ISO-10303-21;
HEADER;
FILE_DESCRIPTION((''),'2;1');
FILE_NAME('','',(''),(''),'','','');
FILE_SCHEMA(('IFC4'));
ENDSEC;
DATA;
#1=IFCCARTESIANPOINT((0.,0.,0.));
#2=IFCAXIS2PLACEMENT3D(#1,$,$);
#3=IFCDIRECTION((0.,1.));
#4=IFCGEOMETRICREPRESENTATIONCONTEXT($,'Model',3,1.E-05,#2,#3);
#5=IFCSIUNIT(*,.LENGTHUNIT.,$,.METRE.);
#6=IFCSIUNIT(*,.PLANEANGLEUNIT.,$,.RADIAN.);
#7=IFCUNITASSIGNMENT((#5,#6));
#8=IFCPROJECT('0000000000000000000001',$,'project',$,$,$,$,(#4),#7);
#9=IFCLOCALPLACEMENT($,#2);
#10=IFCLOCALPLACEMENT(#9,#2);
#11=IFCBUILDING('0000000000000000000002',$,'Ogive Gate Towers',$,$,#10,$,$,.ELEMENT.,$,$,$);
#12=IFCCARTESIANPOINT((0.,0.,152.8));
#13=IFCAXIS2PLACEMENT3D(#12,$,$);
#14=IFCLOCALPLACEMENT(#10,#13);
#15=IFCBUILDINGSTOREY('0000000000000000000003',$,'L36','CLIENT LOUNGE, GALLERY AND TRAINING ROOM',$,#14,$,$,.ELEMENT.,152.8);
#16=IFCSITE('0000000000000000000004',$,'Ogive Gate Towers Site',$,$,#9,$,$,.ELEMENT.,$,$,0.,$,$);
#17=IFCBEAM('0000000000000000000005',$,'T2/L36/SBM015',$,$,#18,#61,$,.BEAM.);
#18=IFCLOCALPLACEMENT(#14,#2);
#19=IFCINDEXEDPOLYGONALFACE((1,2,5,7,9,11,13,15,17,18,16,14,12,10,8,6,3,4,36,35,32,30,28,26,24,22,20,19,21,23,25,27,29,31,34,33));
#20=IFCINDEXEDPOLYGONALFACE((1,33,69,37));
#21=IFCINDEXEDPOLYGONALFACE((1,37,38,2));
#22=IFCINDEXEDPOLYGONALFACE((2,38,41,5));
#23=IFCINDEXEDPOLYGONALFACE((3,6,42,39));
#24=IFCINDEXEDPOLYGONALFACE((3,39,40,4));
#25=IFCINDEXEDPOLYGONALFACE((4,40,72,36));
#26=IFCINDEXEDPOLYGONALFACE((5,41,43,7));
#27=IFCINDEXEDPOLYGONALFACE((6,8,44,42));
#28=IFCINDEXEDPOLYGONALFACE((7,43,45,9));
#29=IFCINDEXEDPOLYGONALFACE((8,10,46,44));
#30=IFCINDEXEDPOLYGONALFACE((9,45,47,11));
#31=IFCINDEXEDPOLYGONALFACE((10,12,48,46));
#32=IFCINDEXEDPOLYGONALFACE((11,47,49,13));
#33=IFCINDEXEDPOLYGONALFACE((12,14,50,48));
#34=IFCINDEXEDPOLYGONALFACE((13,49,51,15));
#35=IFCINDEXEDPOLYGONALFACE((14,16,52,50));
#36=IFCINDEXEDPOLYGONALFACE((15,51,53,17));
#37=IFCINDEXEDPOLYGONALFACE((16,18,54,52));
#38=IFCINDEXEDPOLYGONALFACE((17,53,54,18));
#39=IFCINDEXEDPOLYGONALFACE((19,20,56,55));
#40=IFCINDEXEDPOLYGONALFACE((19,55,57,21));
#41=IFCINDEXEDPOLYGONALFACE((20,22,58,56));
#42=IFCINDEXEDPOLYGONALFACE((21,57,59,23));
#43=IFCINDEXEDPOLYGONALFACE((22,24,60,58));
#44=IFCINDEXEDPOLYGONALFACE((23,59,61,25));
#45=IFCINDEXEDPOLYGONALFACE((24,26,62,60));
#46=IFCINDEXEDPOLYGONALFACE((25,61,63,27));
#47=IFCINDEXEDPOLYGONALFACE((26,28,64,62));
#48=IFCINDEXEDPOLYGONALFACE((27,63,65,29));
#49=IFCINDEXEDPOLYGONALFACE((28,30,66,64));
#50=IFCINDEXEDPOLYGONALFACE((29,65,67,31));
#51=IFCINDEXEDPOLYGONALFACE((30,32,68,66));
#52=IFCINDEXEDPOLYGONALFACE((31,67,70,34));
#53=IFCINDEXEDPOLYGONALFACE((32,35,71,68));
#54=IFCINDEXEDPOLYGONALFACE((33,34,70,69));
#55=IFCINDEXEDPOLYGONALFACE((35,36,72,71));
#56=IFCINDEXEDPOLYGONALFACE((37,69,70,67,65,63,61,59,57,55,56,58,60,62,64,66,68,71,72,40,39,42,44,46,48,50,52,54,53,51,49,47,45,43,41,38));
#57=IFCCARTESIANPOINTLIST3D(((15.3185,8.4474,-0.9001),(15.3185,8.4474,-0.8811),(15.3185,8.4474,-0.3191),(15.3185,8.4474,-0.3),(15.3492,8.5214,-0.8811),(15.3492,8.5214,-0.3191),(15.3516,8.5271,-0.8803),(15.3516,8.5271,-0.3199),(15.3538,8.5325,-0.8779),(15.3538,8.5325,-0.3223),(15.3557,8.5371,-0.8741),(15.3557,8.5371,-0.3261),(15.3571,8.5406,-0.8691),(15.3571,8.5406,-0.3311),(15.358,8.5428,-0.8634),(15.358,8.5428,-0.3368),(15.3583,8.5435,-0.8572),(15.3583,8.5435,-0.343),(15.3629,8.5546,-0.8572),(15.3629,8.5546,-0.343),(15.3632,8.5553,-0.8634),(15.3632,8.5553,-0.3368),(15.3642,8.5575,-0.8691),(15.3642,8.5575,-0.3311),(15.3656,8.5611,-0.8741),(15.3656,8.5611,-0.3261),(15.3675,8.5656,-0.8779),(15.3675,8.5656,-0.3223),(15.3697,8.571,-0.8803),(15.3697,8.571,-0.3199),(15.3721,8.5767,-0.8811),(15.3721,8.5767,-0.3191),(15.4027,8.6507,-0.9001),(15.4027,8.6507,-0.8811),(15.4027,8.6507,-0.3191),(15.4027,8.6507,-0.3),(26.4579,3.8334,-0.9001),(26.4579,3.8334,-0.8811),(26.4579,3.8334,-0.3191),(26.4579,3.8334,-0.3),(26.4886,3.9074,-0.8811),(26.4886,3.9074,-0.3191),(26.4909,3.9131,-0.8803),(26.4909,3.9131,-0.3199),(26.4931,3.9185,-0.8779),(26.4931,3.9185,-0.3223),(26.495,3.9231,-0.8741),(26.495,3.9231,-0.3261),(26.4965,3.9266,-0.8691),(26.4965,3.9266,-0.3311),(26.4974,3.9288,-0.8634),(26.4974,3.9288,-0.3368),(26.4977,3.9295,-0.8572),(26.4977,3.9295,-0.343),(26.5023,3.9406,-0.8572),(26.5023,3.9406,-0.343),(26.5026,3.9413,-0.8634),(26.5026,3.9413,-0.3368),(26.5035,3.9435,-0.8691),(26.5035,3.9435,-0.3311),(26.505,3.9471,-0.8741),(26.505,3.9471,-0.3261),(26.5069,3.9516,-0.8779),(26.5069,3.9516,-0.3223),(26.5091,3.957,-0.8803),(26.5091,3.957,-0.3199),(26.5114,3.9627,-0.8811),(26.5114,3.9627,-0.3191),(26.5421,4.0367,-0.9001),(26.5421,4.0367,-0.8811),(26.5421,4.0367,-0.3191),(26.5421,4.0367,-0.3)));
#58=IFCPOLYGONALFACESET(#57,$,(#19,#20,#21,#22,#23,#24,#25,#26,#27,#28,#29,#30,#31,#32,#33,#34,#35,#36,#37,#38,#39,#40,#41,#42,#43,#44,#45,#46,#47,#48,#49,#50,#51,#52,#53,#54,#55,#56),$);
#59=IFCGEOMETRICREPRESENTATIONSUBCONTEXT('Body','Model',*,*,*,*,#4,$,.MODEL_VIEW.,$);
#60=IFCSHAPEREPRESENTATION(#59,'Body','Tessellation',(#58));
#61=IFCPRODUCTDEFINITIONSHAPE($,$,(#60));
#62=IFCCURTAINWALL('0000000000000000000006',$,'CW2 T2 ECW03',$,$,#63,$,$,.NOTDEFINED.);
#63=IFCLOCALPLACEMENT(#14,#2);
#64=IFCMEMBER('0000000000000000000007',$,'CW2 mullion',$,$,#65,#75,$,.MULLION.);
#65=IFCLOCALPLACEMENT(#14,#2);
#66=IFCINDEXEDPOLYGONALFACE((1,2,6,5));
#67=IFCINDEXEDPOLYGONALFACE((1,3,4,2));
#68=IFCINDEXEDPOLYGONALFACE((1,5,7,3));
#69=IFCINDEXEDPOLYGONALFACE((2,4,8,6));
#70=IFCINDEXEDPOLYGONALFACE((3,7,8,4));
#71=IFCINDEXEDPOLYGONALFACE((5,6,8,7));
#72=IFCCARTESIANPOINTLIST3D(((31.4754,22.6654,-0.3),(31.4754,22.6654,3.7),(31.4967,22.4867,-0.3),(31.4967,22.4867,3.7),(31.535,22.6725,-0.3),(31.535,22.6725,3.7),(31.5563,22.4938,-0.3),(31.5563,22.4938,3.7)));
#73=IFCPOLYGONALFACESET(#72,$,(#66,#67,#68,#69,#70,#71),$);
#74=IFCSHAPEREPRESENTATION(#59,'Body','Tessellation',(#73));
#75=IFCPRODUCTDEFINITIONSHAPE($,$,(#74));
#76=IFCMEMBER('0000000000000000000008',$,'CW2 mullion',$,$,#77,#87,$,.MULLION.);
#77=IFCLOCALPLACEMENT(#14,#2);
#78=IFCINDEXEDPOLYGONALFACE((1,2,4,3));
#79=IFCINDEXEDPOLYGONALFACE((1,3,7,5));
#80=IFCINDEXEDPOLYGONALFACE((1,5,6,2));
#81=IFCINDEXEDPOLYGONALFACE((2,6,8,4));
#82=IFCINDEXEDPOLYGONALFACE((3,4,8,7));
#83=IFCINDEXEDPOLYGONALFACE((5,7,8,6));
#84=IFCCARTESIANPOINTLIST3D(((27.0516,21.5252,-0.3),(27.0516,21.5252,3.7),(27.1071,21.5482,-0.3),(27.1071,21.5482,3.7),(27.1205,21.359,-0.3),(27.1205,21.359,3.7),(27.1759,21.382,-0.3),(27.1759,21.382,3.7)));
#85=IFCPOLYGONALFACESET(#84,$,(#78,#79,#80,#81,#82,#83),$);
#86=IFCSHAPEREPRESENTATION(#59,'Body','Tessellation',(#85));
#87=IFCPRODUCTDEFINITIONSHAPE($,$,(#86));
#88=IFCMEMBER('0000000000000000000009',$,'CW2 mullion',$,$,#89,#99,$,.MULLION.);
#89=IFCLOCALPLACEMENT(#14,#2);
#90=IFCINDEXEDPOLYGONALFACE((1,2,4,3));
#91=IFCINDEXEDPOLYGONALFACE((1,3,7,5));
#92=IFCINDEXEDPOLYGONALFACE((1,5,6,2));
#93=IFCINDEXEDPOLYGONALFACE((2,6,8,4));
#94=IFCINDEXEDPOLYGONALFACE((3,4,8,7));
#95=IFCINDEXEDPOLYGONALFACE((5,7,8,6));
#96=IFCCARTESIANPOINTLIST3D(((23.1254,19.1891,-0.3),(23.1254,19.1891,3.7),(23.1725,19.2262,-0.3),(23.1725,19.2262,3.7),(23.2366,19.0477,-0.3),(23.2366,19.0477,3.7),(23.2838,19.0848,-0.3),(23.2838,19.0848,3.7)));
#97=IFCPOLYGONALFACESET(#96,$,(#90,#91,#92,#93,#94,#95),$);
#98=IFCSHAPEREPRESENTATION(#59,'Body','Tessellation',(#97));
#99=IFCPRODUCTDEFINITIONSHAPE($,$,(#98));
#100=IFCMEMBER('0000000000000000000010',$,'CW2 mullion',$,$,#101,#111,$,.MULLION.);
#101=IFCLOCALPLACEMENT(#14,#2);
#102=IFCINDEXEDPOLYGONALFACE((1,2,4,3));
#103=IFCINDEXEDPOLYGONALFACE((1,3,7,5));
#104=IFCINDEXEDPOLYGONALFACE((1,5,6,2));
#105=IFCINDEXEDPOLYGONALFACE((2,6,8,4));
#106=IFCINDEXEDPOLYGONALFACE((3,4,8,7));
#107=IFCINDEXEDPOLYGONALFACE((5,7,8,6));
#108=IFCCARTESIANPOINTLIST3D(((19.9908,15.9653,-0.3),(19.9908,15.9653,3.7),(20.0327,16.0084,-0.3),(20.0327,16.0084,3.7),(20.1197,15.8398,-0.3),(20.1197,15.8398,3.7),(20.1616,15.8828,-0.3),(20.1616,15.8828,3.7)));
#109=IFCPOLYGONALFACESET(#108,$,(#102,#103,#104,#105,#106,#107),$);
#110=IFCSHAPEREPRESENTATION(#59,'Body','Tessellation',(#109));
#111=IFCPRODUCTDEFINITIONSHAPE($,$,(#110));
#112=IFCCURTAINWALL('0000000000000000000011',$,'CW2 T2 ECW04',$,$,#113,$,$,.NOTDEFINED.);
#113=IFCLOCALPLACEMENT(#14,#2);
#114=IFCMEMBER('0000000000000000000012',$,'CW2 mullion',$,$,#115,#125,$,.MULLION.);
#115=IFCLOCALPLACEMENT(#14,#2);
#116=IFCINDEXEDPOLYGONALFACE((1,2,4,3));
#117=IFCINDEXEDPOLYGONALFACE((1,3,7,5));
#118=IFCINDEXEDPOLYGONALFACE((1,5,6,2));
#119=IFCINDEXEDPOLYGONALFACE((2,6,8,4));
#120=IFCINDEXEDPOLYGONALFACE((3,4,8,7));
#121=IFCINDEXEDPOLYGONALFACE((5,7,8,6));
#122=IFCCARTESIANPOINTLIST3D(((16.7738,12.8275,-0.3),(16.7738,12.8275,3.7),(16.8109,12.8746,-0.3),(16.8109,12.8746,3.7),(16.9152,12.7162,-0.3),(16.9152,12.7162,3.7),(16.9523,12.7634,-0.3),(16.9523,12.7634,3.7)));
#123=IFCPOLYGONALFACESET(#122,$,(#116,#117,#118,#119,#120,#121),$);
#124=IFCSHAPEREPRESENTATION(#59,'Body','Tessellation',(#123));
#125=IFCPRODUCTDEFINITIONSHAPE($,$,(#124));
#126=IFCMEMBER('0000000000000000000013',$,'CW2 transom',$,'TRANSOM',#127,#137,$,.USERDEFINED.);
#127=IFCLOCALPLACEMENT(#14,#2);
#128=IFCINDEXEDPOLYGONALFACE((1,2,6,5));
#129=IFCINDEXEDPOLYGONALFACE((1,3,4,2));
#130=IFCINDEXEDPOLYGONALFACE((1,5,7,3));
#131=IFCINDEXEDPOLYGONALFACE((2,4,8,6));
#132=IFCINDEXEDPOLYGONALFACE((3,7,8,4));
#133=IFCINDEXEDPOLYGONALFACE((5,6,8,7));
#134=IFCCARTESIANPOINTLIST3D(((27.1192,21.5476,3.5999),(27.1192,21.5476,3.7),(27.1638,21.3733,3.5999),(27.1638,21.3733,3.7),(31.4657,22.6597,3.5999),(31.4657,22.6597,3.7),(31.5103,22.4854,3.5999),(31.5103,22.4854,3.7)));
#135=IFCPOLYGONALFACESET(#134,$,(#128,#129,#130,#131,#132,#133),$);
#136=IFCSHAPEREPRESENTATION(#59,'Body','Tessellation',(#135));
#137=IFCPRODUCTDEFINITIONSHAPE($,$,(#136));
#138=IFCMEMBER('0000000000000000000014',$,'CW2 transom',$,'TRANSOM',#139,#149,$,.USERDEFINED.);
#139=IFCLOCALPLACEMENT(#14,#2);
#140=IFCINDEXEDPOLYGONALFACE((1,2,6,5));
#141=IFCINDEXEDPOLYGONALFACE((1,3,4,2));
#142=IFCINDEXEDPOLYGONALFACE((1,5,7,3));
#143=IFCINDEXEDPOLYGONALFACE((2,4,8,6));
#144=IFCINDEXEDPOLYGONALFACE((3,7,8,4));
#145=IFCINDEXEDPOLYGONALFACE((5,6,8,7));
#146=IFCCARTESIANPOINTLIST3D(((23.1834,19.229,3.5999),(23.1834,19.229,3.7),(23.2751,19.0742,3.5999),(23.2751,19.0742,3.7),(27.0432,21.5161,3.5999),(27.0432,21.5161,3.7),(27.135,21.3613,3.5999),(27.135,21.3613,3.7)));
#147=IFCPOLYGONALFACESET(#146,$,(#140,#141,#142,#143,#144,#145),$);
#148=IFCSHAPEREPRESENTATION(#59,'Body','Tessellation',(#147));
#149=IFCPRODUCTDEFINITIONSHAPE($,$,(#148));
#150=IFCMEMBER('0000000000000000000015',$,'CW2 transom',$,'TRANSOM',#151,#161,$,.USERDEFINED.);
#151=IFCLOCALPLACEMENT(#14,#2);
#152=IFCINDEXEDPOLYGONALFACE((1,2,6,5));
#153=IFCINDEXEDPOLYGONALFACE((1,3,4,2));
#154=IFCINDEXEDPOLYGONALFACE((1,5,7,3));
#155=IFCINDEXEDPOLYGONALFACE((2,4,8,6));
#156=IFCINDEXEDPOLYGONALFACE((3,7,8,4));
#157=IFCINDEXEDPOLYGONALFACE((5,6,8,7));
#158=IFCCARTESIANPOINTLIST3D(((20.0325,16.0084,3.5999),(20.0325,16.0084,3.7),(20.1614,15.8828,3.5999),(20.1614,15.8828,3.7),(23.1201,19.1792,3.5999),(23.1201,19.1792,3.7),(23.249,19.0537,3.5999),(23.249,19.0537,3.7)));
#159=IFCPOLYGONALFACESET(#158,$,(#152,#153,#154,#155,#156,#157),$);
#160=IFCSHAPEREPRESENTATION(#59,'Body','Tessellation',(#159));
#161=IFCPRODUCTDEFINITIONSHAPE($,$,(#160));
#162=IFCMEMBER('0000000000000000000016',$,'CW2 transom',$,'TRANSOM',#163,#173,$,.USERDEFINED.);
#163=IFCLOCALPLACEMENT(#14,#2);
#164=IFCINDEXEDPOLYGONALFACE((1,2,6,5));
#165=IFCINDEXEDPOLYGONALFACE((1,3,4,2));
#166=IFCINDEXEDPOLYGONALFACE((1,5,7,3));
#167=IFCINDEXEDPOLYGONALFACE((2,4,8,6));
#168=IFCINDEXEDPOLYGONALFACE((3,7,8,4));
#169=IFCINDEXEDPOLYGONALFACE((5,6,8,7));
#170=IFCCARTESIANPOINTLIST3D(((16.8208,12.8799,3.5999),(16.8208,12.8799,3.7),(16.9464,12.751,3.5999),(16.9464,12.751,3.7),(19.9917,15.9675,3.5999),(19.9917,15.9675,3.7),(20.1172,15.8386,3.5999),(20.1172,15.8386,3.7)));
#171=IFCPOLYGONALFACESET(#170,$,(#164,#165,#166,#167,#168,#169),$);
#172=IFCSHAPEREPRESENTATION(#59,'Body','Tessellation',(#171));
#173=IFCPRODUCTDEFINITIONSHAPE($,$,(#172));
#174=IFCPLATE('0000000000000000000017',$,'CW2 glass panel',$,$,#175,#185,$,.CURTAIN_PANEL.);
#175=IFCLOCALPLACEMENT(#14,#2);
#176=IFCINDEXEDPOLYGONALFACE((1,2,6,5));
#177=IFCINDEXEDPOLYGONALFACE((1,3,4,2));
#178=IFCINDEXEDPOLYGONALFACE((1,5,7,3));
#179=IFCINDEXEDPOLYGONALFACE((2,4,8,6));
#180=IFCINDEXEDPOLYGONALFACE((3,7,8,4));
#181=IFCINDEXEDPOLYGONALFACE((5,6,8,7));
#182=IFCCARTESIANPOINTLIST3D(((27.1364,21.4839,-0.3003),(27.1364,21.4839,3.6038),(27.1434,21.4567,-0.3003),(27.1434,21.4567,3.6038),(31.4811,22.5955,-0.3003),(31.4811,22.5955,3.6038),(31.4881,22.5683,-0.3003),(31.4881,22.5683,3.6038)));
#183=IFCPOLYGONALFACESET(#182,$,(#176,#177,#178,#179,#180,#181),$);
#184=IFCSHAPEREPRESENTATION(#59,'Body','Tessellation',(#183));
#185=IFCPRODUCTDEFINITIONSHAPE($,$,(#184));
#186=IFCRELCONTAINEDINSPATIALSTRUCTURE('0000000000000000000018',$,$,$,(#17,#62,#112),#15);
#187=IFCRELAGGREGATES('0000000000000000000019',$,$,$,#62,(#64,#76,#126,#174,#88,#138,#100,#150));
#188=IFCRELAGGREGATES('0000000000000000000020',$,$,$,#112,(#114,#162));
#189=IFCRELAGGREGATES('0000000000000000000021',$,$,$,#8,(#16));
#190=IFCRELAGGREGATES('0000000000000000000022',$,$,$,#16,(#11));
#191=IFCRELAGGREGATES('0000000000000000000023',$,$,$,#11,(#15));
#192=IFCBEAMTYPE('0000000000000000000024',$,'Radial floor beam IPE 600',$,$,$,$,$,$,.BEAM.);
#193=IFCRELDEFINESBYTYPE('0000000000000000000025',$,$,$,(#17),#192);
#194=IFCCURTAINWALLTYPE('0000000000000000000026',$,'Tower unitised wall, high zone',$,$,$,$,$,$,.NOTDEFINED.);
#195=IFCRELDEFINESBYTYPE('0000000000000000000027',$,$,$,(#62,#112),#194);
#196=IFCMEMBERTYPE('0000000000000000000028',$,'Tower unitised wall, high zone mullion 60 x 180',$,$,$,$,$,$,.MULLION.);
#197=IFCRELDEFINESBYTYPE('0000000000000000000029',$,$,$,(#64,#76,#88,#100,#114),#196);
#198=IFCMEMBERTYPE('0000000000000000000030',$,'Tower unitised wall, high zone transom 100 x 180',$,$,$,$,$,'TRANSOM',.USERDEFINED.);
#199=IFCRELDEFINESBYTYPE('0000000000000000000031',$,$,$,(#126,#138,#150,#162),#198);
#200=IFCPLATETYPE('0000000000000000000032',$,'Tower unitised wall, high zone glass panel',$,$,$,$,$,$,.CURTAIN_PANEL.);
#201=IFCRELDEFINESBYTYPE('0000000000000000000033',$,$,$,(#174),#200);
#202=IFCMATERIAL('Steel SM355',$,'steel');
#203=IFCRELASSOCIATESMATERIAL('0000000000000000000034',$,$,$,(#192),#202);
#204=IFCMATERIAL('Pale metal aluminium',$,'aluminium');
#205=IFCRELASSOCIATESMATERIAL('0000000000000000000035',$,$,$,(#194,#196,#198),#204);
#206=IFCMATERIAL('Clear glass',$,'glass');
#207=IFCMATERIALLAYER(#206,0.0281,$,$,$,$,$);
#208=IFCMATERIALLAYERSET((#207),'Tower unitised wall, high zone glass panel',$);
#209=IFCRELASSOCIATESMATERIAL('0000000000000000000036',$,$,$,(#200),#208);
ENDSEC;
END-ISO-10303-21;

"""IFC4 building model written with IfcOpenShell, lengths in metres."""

from ifc_helpers import new_model, si_unit, direction, frame, origin, origin_2d, place, context, subcontext, project, spatial, rectangle, i_section, extrude, material, layer, layer_set, material_profile, profile_set, type_object, element, aggregate, save


model = new_model("IFC4")

# Units and contexts
model_context = context("Model", 3, precision=1e-05, world=origin(), true_north=direction((0.0, 1.0)))
body_context = subcontext(model_context, "Body", "Model", "MODEL_VIEW")
ifc_project = project(units=[si_unit("LENGTHUNIT", "METRE"), si_unit("PLANEANGLEUNIT", "RADIAN")], contexts=[model_context])

# Site, building, storey
site_placement = place(None, origin())
site = spatial("IfcSite", under=ifc_project, at=site_placement, Name="Ogive Gate Towers Site", CompositionType="ELEMENT", RefElevation=0.0)
building_placement = place(site_placement, origin())
building = spatial("IfcBuilding", under=site, at=building_placement, Name="Ogive Gate Towers", CompositionType="ELEMENT")
storey_placement = place(building_placement, frame((0.0, 0.0, 152.8)))
storey = spatial("IfcBuildingStorey", under=building, at=storey_placement, Name="L36", Description="CLIENT LOUNGE, GALLERY AND TRAINING ROOM", CompositionType="ELEMENT", Elevation=152.8)

# Beam
ifc_material_1 = material(Name="Steel SM355", Category="steel")
ifc_material_profile_1 = material_profile(ifc_material_1, i_section(OverallWidth=0.22, OverallDepth=0.6001, WebThickness=0.012, FlangeThickness=0.019, FilletRadius=0.0239, at=origin_2d()), Name="IPE 600")
ifc_profile_set_1 = profile_set([ifc_material_profile_1], Name="Steel SM355")
beam_type_1 = type_object("IfcBeamType", Name="Radial floor beam IPE 600", PredefinedType="BEAM", material=ifc_profile_set_1)
beam_1_placement = place(storey_placement, frame((26.5, 3.9351, -0.6001), z_axis=(-0.923882, 0.382678, 0.0), x_axis=(-0.382678, -0.923882, 0.0)))
element("IfcBeam", 1, at=beam_1_placement, inside=storey, type_object=beam_type_1, Name="T2/L36/SBM015", PredefinedType="BEAM", context=body_context, shape_type="SweptSolid", body=[
    extrude(i_section(OverallWidth=0.22, OverallDepth=0.6001, WebThickness=0.012, FlangeThickness=0.019, FilletRadius=0.0239, at=origin_2d()), origin(), (0.0, 0.0, 1.0), 12.0571),
])

# Curtain wall, members
ifc_material_2 = material(Name="Pale metal aluminium", Category="aluminium")
curtain_wall_type = type_object("IfcCurtainWallType", Name="Tower unitised wall, high zone", PredefinedType="NOTDEFINED", material=ifc_material_2)
curtain_wall_1_placement = place(storey_placement, origin())
curtain_wall_1 = element("IfcCurtainWall", 2, at=curtain_wall_1_placement, inside=storey, type_object=curtain_wall_type, Name="CW2 T2 ECW03", PredefinedType="NOTDEFINED")
ifc_material_profile_2 = material_profile(ifc_material_2, rectangle(XDim=0.1799, YDim=0.0601, at=origin_2d()), Name="60 x 180 aluminium box")
ifc_profile_set_2 = profile_set([ifc_material_profile_2], Name="Pale metal aluminium")
member_type_1 = type_object("IfcMemberType", Name="Tower unitised wall, high zone mullion 60 x 180", PredefinedType="MULLION", material=ifc_profile_set_2)
member_1_placement = place(storey_placement, frame((31.5159, 22.5796, -0.3), z_axis=(0.0, 0.0, 1.0), x_axis=(-0.118317, 0.992976, 0.0)))
member_1 = element("IfcMember", 3, at=member_1_placement, type_object=member_type_1, Name="CW2 mullion", PredefinedType="MULLION", context=body_context, shape_type="SweptSolid", body=[
    extrude(rectangle(XDim=0.1799, YDim=0.0601, at=origin_2d()), origin(), (0.0, 0.0, 1.0), 4.0),
])
member_2_placement = place(storey_placement, frame((27.1138, 21.4536, -0.3), z_axis=(0.0, 0.0, 1.0), x_axis=(-0.382683, 0.92388, 0.0)))
member_2 = element("IfcMember", 4, at=member_2_placement, type_object=member_type_1, Name="CW2 mullion", PredefinedType="MULLION", context=body_context, shape_type="SweptSolid", body=[
    extrude(rectangle(XDim=0.1799, YDim=0.0601, at=origin_2d()), origin(), (0.0, 0.0, 1.0), 4.0),
])
member_3_placement = place(storey_placement, frame((23.2046, 19.137, -0.3), z_axis=(0.0, 0.0, 1.0), x_axis=(-0.618477, 0.785803, 0.0)))
member_3 = element("IfcMember", 5, at=member_3_placement, type_object=member_type_1, Name="CW2 mullion", PredefinedType="MULLION", context=body_context, shape_type="SweptSolid", body=[
    extrude(rectangle(XDim=0.1799, YDim=0.0601, at=origin_2d()), origin(), (0.0, 0.0, 1.0), 4.0),
])
member_4_placement = place(storey_placement, frame((20.0762, 15.9241, -0.3), z_axis=(0.0, 0.0, 1.0), x_axis=(-0.716436, 0.697653, 0.0)))
member_4 = element("IfcMember", 6, at=member_4_placement, type_object=member_type_1, Name="CW2 mullion", PredefinedType="MULLION", context=body_context, shape_type="SweptSolid", body=[
    extrude(rectangle(XDim=0.1799, YDim=0.0601, at=origin_2d()), origin(), (0.0, 0.0, 1.0), 4.0),
])

# Curtain wall, member
curtain_wall_2_placement = place(storey_placement, origin())
curtain_wall_2 = element("IfcCurtainWall", 7, at=curtain_wall_2_placement, inside=storey, type_object=curtain_wall_type, Name="CW2 T2 ECW04", PredefinedType="NOTDEFINED")
member_5_placement = place(storey_placement, frame((16.863, 12.7954, -0.3), z_axis=(0.0, 0.0, 1.0), x_axis=(-0.785803, 0.618477, 0.0)))
member_5 = element("IfcMember", 8, at=member_5_placement, type_object=member_type_1, Name="CW2 mullion", PredefinedType="MULLION", context=body_context, shape_type="SweptSolid", body=[
    extrude(rectangle(XDim=0.1799, YDim=0.0601, at=origin_2d()), origin(), (0.0, 0.0, 1.0), 4.0),
])

# Members
ifc_material_profile_3 = material_profile(ifc_material_2, rectangle(XDim=0.1799, YDim=0.1001, at=origin_2d()), Name="100 x 180 aluminium box")
ifc_profile_set_3 = profile_set([ifc_material_profile_3], Name="Pale metal aluminium")
member_type_2 = type_object("IfcMemberType", Name="Tower unitised wall, high zone transom 100 x 180", ElementType="TRANSOM", PredefinedType="USERDEFINED", material=ifc_profile_set_3)
member_6_placement = place(storey_placement, frame((31.488, 22.5725, 3.6499), z_axis=(-0.968796, -0.247858, 0.0), x_axis=(0.247858, -0.968796, 0.0)))
member_6 = element("IfcMember", 9, at=member_6_placement, type_object=member_type_2, Name="CW2 transom", ObjectType="TRANSOM", PredefinedType="USERDEFINED", context=body_context, shape_type="SweptSolid", body=[
    extrude(rectangle(XDim=0.1799, YDim=0.1001, at=origin_2d()), origin(), (0.0, 0.0, 1.0), 4.4866),
])
member_7_placement = place(storey_placement, frame((27.0891, 21.4387, 3.6499), z_axis=(-0.860313, -0.509767, 0.0), x_axis=(0.509767, -0.860313, 0.0)))
member_7 = element("IfcMember", 10, at=member_7_placement, type_object=member_type_2, Name="CW2 transom", ObjectType="TRANSOM", PredefinedType="USERDEFINED", context=body_context, shape_type="SweptSolid", body=[
    extrude(rectangle(XDim=0.1799, YDim=0.1001, at=origin_2d()), origin(), (0.0, 0.0, 1.0), 4.4866),
])
member_8_placement = place(storey_placement, frame((23.1846, 19.1165, 3.6499), z_axis=(-0.697639, -0.716449, 0.0), x_axis=(0.716449, -0.697639, 0.0)))
member_8 = element("IfcMember", 11, at=member_8_placement, type_object=member_type_2, Name="CW2 transom", ObjectType="TRANSOM", PredefinedType="USERDEFINED", context=body_context, shape_type="SweptSolid", body=[
    extrude(rectangle(XDim=0.1799, YDim=0.1001, at=origin_2d()), origin(), (0.0, 0.0, 1.0), 4.4258),
])
member_9_placement = place(storey_placement, frame((20.0544, 15.9031, 3.6499), z_axis=(-0.716449, -0.697639, 0.0), x_axis=(0.697639, -0.716449, 0.0)))
member_9 = element("IfcMember", 12, at=member_9_placement, type_object=member_type_2, Name="CW2 transom", ObjectType="TRANSOM", PredefinedType="USERDEFINED", context=body_context, shape_type="SweptSolid", body=[
    extrude(rectangle(XDim=0.1799, YDim=0.1001, at=origin_2d()), origin(), (0.0, 0.0, 1.0), 4.4258),
])

# Plate
ifc_material_3 = material(Name="Clear glass", Category="glass")
ifc_layer_1 = layer(ifc_material_3, 0.0281)
ifc_layer_set_1 = layer_set([ifc_layer_1], Name="Tower unitised wall, high zone glass panel")
plate_type = type_object("IfcPlateType", Name="Tower unitised wall, high zone glass panel", PredefinedType="CURTAIN_PANEL", material=ifc_layer_set_1)
plate_1_placement = place(storey_placement, frame((29.3123, 22.0261, -0.3003), z_axis=(0.0, 0.0, 1.0), x_axis=(-0.968795, -0.247861, 0.0)))
plate_1 = element("IfcPlate", 13, at=plate_1_placement, type_object=plate_type, Name="CW2 glass panel", PredefinedType="CURTAIN_PANEL", context=body_context, shape_type="SweptSolid", body=[
    extrude(rectangle(XDim=4.4846, YDim=0.0281, at=origin_2d()), origin(), (0.0, 0.0, 1.0), 3.9041),
])
aggregate(curtain_wall_1, [member_1, member_2, member_6, plate_1, member_3, member_7, member_4, member_8])
aggregate(curtain_wall_2, [member_5, member_9])

save(model, "model.ifc")
